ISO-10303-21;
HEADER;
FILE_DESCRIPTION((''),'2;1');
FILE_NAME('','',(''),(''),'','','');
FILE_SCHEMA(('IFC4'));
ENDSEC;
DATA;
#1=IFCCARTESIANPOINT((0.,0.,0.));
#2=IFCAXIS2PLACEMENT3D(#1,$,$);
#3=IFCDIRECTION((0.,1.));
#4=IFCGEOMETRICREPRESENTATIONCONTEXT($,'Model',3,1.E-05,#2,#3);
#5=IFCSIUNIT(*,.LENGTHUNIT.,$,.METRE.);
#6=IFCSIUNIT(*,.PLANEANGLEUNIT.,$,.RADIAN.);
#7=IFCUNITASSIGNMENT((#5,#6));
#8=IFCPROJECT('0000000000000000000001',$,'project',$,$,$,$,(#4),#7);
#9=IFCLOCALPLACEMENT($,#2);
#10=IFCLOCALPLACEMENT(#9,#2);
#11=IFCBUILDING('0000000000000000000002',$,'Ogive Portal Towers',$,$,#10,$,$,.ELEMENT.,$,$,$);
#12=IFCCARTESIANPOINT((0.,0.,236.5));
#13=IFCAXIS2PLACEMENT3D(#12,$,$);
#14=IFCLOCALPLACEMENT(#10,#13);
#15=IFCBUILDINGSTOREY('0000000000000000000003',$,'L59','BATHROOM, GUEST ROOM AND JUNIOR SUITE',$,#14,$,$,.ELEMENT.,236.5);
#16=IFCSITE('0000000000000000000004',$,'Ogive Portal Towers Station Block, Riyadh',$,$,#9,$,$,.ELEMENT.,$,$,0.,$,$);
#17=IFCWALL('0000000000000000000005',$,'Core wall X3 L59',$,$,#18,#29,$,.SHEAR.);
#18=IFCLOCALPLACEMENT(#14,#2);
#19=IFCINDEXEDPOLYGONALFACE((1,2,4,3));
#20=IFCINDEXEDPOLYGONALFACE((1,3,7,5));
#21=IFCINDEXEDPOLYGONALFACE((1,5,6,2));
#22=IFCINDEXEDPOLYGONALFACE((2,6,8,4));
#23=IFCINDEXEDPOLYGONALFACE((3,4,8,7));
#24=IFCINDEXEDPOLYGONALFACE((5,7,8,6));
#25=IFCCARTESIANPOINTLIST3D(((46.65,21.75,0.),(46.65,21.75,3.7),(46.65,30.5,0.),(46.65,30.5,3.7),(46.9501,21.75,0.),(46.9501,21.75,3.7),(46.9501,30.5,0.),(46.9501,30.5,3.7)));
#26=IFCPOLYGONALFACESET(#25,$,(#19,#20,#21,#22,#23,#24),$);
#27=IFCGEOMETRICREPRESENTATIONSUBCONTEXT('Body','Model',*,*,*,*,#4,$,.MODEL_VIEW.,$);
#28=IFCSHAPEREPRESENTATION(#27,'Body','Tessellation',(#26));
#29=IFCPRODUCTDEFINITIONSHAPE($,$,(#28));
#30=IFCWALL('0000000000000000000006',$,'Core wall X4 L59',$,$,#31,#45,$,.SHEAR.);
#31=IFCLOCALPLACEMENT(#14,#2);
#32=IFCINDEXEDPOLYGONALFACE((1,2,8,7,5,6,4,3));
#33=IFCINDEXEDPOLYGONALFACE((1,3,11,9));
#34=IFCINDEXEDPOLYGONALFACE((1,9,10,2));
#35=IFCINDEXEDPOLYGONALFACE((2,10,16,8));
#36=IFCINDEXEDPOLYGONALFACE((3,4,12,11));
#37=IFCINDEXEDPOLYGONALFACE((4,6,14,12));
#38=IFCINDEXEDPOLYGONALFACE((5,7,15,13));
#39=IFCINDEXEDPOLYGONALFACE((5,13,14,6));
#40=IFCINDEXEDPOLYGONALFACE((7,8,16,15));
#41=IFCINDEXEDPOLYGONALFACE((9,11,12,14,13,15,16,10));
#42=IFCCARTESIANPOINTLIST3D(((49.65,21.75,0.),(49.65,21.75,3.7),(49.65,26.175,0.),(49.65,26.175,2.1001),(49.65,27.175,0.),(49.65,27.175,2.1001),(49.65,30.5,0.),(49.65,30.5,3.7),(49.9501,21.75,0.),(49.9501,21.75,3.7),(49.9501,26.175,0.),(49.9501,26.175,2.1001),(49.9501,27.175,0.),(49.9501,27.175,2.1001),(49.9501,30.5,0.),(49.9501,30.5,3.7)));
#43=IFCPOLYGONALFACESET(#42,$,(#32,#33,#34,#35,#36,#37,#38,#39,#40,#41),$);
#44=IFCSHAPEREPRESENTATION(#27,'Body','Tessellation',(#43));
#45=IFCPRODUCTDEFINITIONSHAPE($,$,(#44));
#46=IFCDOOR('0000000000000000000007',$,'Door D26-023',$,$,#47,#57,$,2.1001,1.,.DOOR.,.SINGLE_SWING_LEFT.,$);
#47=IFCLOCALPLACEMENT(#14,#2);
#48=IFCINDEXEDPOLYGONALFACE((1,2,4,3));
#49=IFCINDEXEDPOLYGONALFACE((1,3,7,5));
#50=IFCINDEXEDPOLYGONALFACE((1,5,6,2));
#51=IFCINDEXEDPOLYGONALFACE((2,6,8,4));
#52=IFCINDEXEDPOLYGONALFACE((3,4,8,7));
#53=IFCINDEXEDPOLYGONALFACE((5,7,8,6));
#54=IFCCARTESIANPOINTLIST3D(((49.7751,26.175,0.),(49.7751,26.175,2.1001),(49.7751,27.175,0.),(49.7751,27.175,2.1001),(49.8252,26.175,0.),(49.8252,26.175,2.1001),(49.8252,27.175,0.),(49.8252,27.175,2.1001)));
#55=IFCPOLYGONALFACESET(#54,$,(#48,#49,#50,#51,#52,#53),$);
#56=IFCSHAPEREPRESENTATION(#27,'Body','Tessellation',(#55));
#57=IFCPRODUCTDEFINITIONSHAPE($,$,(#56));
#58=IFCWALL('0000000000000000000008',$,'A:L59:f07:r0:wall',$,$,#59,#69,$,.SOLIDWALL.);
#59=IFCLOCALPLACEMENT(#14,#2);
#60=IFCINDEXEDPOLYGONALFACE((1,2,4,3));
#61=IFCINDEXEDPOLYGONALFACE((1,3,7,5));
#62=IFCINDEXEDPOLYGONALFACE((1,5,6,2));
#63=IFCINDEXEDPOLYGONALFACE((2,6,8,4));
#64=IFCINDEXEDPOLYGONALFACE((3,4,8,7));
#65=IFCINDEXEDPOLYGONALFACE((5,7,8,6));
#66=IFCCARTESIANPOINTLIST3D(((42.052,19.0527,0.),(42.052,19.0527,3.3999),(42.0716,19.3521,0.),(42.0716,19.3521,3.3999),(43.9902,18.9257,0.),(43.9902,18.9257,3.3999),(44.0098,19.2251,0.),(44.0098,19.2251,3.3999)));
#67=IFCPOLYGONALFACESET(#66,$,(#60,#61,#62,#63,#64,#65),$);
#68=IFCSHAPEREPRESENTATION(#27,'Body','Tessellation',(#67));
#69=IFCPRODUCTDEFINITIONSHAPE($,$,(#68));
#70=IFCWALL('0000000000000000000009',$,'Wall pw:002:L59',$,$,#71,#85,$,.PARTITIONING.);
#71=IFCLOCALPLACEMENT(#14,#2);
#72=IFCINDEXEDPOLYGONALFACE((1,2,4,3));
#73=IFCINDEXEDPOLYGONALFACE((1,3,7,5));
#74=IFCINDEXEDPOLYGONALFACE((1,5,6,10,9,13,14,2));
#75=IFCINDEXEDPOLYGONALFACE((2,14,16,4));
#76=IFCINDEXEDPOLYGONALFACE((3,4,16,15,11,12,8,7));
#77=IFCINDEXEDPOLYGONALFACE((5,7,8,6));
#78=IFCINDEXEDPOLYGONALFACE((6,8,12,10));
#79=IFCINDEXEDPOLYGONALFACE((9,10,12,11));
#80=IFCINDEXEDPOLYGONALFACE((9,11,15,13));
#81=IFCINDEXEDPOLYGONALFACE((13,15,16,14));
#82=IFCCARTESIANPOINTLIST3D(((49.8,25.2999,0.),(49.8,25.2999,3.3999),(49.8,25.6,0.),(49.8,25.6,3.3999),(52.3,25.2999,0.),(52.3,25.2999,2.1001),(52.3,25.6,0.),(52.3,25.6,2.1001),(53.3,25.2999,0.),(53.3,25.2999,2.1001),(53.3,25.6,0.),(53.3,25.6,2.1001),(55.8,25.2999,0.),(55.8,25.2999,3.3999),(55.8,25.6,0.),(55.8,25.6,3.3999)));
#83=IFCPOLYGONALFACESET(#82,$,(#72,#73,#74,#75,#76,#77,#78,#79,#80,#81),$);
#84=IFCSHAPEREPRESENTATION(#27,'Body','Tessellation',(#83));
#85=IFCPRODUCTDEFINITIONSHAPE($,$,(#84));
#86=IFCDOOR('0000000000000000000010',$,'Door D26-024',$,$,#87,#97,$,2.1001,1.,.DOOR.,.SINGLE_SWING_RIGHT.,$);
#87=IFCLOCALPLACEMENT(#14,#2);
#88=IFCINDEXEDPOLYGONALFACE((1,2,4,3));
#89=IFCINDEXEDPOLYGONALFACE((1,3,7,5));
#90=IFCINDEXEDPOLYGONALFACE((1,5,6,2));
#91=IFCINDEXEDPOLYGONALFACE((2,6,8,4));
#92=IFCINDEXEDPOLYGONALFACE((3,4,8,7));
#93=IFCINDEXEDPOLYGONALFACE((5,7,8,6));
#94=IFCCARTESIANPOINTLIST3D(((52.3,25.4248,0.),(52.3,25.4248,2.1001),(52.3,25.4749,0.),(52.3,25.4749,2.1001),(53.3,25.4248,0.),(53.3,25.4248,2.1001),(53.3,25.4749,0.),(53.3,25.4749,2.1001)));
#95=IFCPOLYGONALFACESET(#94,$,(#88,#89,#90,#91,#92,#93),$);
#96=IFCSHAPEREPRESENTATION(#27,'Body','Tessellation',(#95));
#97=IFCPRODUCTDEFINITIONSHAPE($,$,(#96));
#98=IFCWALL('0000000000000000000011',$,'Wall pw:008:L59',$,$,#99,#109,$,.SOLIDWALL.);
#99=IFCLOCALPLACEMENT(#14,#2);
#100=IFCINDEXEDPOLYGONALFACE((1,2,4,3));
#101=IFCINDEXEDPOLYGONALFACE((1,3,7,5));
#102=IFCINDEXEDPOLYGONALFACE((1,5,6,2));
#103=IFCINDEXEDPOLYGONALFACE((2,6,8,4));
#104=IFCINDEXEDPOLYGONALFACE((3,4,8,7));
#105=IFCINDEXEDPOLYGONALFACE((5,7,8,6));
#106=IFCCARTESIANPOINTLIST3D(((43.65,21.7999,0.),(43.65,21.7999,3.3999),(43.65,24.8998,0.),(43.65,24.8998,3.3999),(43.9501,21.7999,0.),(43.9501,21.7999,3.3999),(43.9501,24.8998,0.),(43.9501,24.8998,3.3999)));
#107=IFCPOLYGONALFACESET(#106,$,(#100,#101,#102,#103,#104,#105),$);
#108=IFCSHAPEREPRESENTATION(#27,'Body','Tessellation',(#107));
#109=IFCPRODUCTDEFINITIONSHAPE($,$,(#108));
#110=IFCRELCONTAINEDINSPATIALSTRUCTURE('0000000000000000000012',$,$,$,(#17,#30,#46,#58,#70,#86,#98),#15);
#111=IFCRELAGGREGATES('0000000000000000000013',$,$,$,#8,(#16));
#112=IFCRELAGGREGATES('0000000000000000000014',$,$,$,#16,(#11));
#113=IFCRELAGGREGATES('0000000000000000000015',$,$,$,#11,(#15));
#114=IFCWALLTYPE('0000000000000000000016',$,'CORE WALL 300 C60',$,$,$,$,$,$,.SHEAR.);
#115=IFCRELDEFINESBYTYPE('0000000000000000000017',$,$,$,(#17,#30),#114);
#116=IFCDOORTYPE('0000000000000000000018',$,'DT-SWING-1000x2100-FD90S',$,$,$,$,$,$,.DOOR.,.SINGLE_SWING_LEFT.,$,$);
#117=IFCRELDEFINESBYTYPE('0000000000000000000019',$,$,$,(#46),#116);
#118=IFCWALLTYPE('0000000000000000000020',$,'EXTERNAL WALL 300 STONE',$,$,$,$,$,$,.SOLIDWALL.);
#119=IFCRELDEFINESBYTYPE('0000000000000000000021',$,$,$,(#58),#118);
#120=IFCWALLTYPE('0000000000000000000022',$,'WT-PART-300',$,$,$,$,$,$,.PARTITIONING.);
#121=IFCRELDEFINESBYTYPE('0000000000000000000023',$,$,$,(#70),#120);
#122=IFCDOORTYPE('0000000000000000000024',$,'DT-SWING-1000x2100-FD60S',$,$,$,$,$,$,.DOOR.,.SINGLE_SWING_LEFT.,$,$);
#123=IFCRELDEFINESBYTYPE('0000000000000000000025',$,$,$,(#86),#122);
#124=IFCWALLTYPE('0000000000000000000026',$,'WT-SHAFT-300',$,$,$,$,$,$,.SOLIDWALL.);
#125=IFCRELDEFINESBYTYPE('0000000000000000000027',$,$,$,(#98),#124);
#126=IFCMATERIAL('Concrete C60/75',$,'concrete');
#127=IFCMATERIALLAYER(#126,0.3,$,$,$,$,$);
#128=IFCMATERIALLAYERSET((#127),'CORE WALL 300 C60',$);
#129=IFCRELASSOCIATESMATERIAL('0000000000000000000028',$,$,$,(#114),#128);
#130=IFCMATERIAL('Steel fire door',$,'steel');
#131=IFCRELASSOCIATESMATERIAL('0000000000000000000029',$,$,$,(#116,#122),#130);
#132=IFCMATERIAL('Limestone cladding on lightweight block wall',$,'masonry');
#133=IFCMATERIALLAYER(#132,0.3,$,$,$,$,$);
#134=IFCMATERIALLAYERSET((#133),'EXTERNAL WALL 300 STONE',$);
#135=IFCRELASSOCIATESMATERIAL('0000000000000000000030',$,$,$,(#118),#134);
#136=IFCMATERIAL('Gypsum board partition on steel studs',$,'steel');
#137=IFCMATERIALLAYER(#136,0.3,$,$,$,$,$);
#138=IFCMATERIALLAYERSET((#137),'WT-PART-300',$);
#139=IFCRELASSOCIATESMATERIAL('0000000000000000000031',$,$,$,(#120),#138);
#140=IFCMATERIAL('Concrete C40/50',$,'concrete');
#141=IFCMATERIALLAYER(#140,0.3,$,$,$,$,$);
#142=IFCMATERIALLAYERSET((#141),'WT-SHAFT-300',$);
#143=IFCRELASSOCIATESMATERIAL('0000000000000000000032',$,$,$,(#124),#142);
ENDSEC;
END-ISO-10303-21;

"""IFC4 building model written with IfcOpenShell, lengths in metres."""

from ifc_helpers import new_model, si_unit, direction, frame, frame_2d, origin, place, context, subcontext, project, spatial, rectangle, extrude, material, layer, layer_set, type_object, element, fill, save


model = new_model("IFC4")

# Units and contexts
model_context = context("Model", 3, precision=1e-05, world=origin(), true_north=direction((0.0, 1.0)))
body_context = subcontext(model_context, "Body", "Model", "MODEL_VIEW")
ifc_project = project(units=[si_unit("LENGTHUNIT", "METRE"), si_unit("PLANEANGLEUNIT", "RADIAN")], contexts=[model_context])

# Site, building, storey
site_placement = place(None, origin())
site = spatial("IfcSite", under=ifc_project, at=site_placement, Name="Ogive Portal Towers Station Block, Riyadh", CompositionType="ELEMENT", RefElevation=0.0)
building_placement = place(site_placement, origin())
building = spatial("IfcBuilding", under=site, at=building_placement, Name="Ogive Portal Towers", CompositionType="ELEMENT")
storey_placement = place(building_placement, frame((0.0, 0.0, 236.5)))
storey = spatial("IfcBuildingStorey", under=building, at=storey_placement, Name="L59", Description="BATHROOM, GUEST ROOM AND JUNIOR SUITE", CompositionType="ELEMENT", Elevation=236.5)

# Wall
ifc_material_1 = material(Name="Concrete C60/75", Category="concrete")
ifc_layer_1 = layer(ifc_material_1, 0.3)
ifc_layer_set_1 = layer_set([ifc_layer_1], Name="CORE WALL 300 C60")
wall_type_1 = type_object("IfcWallType", Name="CORE WALL 300 C60", PredefinedType="SHEAR", material=ifc_layer_set_1)
wall_1_placement = place(storey_placement, frame((46.8, 21.75, 0.0), z_axis=(0.0, 0.0, 1.0), x_axis=(0.0, 1.0, 0.0)))
element("IfcWall", 1, at=wall_1_placement, inside=storey, type_object=wall_type_1, Name="Core wall X3 L59", PredefinedType="SHEAR", context=body_context, shape_type="SweptSolid", body=[
    extrude(rectangle(XDim=8.75, YDim=0.3, at=frame_2d((4.375, 0.0))), origin(), (0.0, 0.0, 1.0), 3.7),
])

# Wall, opening, door
wall_2_placement = place(storey_placement, frame((49.8, 21.75, 0.0), z_axis=(0.0, 0.0, 1.0), x_axis=(0.0, 1.0, 0.0)))
wall_2 = element("IfcWall", 2, at=wall_2_placement, inside=storey, type_object=wall_type_1, Name="Core wall X4 L59", PredefinedType="SHEAR", context=body_context, shape_type="SweptSolid", body=[
    extrude(rectangle(XDim=8.75, YDim=0.3, at=frame_2d((4.375, 0.0))), origin(), (0.0, 0.0, 1.0), 3.7),
])
opening_1_placement = place(wall_2_placement, frame((4.425, 0.0, 0.0)))
opening_1 = element("IfcOpeningElement", 3, at=opening_1_placement, cuts=wall_2, PredefinedType="OPENING", context=body_context, shape_type="SweptSolid", body=[
    extrude(rectangle(XDim=1.0, YDim=2.1001, at=frame_2d((0.5, 1.05))), frame((0.0, 0.1602, 0.0), z_axis=(0.0, -1.0, 0.0), x_axis=(1.0, 0.0, 0.0)), (0.0, 0.0, 1.0), 0.3201),
])
ifc_material_2 = material(Name="Steel fire door", Category="steel")
door_type_1 = type_object("IfcDoorType", Name="DT-SWING-1000x2100-FD90S", OperationType="SINGLE_SWING_LEFT", PredefinedType="DOOR", material=ifc_material_2)
door_1_placement = place(opening_1_placement, origin())
door_1 = element("IfcDoor", 4, at=door_1_placement, inside=storey, type_object=door_type_1, Name="Door D26-023", OperationType="SINGLE_SWING_LEFT", OverallHeight=2.1001, OverallWidth=1.0, PredefinedType="DOOR", context=body_context, shape_type="SweptSolid", body=[
    extrude(rectangle(XDim=1.0, YDim=2.1001, at=frame_2d((0.5, 1.05))), frame((0.0, 0.0249, 0.0), z_axis=(0.0, -1.0, 0.0), x_axis=(1.0, 0.0, 0.0)), (0.0, 0.0, 1.0), 0.05),
])
fill(opening_1, door_1)

# Wall
ifc_material_3 = material(Name="Limestone cladding on lightweight block wall", Category="masonry")
ifc_layer_2 = layer(ifc_material_3, 0.3)
ifc_layer_set_2 = layer_set([ifc_layer_2], Name="EXTERNAL WALL 300 STONE")
wall_type_2 = type_object("IfcWallType", Name="EXTERNAL WALL 300 STONE", PredefinedType="SOLIDWALL", material=ifc_layer_set_2)
wall_3_placement = place(storey_placement, frame((42.0618, 19.2024, 0.0), z_axis=(0.0, 0.0, 1.0), x_axis=(0.997862, -0.065359, 0.0)))
element("IfcWall", 5, at=wall_3_placement, inside=storey, type_object=wall_type_2, Name="A:L59:f07:r0:wall", PredefinedType="SOLIDWALL", context=body_context, shape_type="SweptSolid", body=[
    extrude(rectangle(XDim=1.9424, YDim=0.3, at=frame_2d((0.9712, 0.0))), origin(), (0.0, 0.0, 1.0), 3.3999),
])

# Wall, opening, door
ifc_material_4 = material(Name="Gypsum board partition on steel studs", Category="steel")
ifc_layer_3 = layer(ifc_material_4, 0.3)
ifc_layer_set_3 = layer_set([ifc_layer_3], Name="WT-PART-300")
wall_type_3 = type_object("IfcWallType", Name="WT-PART-300", PredefinedType="PARTITIONING", material=ifc_layer_set_3)
wall_4_placement = place(storey_placement, frame((49.8, 25.45, 0.0), z_axis=(0.0, 0.0, 1.0), x_axis=(1.0, 0.0, 0.0)))
wall_4 = element("IfcWall", 6, at=wall_4_placement, inside=storey, type_object=wall_type_3, Name="Wall pw:002:L59", PredefinedType="PARTITIONING", context=body_context, shape_type="SweptSolid", body=[
    extrude(rectangle(XDim=6.0, YDim=0.3, at=frame_2d((3.0, 0.0))), origin(), (0.0, 0.0, 1.0), 3.3999),
])
opening_2_placement = place(wall_4_placement, frame((2.5, 0.0, 0.0)))
opening_2 = element("IfcOpeningElement", 7, at=opening_2_placement, cuts=wall_4, PredefinedType="OPENING", context=body_context, shape_type="SweptSolid", body=[
    extrude(rectangle(XDim=1.0, YDim=2.1001, at=frame_2d((0.5, 1.05))), frame((0.0, 0.1602, 0.0), z_axis=(0.0, -1.0, 0.0), x_axis=(1.0, 0.0, 0.0)), (0.0, 0.0, 1.0), 0.3201),
])
door_type_2 = type_object("IfcDoorType", Name="DT-SWING-1000x2100-FD60S", OperationType="SINGLE_SWING_LEFT", PredefinedType="DOOR", material=ifc_material_2)
door_2_placement = place(opening_2_placement, origin())
door_2 = element("IfcDoor", 8, at=door_2_placement, inside=storey, type_object=door_type_2, Name="Door D26-024", OperationType="SINGLE_SWING_RIGHT", OverallHeight=2.1001, OverallWidth=1.0, PredefinedType="DOOR", context=body_context, shape_type="SweptSolid", body=[
    extrude(rectangle(XDim=1.0, YDim=2.1001, at=frame_2d((0.5, 1.05))), frame((0.0, 0.0249, 0.0), z_axis=(0.0, -1.0, 0.0), x_axis=(1.0, 0.0, 0.0)), (0.0, 0.0, 1.0), 0.05),
])
fill(opening_2, door_2)

# Shared definitions
ifc_material_5 = material(Name="Concrete C40/50", Category="concrete")
ifc_layer_4 = layer(ifc_material_5, 0.3)
ifc_layer_set_4 = layer_set([ifc_layer_4], Name="WT-SHAFT-300")
wall_type_4 = type_object("IfcWallType", Name="WT-SHAFT-300", PredefinedType="SOLIDWALL", material=ifc_layer_set_4)

# Wall
wall_5_placement = place(storey_placement, frame((43.8, 21.8, 0.0), z_axis=(0.0, 0.0, 1.0), x_axis=(0.0, 1.0, 0.0)))
element("IfcWall", 9, at=wall_5_placement, inside=storey, type_object=wall_type_4, Name="Wall pw:008:L59", PredefinedType="SOLIDWALL", context=body_context, shape_type="SweptSolid", body=[
    extrude(rectangle(XDim=3.0999, YDim=0.3, at=frame_2d((1.5498, 0.0))), origin(), (0.0, 0.0, 1.0), 3.3999),
])

save(model, "model.ifc")
